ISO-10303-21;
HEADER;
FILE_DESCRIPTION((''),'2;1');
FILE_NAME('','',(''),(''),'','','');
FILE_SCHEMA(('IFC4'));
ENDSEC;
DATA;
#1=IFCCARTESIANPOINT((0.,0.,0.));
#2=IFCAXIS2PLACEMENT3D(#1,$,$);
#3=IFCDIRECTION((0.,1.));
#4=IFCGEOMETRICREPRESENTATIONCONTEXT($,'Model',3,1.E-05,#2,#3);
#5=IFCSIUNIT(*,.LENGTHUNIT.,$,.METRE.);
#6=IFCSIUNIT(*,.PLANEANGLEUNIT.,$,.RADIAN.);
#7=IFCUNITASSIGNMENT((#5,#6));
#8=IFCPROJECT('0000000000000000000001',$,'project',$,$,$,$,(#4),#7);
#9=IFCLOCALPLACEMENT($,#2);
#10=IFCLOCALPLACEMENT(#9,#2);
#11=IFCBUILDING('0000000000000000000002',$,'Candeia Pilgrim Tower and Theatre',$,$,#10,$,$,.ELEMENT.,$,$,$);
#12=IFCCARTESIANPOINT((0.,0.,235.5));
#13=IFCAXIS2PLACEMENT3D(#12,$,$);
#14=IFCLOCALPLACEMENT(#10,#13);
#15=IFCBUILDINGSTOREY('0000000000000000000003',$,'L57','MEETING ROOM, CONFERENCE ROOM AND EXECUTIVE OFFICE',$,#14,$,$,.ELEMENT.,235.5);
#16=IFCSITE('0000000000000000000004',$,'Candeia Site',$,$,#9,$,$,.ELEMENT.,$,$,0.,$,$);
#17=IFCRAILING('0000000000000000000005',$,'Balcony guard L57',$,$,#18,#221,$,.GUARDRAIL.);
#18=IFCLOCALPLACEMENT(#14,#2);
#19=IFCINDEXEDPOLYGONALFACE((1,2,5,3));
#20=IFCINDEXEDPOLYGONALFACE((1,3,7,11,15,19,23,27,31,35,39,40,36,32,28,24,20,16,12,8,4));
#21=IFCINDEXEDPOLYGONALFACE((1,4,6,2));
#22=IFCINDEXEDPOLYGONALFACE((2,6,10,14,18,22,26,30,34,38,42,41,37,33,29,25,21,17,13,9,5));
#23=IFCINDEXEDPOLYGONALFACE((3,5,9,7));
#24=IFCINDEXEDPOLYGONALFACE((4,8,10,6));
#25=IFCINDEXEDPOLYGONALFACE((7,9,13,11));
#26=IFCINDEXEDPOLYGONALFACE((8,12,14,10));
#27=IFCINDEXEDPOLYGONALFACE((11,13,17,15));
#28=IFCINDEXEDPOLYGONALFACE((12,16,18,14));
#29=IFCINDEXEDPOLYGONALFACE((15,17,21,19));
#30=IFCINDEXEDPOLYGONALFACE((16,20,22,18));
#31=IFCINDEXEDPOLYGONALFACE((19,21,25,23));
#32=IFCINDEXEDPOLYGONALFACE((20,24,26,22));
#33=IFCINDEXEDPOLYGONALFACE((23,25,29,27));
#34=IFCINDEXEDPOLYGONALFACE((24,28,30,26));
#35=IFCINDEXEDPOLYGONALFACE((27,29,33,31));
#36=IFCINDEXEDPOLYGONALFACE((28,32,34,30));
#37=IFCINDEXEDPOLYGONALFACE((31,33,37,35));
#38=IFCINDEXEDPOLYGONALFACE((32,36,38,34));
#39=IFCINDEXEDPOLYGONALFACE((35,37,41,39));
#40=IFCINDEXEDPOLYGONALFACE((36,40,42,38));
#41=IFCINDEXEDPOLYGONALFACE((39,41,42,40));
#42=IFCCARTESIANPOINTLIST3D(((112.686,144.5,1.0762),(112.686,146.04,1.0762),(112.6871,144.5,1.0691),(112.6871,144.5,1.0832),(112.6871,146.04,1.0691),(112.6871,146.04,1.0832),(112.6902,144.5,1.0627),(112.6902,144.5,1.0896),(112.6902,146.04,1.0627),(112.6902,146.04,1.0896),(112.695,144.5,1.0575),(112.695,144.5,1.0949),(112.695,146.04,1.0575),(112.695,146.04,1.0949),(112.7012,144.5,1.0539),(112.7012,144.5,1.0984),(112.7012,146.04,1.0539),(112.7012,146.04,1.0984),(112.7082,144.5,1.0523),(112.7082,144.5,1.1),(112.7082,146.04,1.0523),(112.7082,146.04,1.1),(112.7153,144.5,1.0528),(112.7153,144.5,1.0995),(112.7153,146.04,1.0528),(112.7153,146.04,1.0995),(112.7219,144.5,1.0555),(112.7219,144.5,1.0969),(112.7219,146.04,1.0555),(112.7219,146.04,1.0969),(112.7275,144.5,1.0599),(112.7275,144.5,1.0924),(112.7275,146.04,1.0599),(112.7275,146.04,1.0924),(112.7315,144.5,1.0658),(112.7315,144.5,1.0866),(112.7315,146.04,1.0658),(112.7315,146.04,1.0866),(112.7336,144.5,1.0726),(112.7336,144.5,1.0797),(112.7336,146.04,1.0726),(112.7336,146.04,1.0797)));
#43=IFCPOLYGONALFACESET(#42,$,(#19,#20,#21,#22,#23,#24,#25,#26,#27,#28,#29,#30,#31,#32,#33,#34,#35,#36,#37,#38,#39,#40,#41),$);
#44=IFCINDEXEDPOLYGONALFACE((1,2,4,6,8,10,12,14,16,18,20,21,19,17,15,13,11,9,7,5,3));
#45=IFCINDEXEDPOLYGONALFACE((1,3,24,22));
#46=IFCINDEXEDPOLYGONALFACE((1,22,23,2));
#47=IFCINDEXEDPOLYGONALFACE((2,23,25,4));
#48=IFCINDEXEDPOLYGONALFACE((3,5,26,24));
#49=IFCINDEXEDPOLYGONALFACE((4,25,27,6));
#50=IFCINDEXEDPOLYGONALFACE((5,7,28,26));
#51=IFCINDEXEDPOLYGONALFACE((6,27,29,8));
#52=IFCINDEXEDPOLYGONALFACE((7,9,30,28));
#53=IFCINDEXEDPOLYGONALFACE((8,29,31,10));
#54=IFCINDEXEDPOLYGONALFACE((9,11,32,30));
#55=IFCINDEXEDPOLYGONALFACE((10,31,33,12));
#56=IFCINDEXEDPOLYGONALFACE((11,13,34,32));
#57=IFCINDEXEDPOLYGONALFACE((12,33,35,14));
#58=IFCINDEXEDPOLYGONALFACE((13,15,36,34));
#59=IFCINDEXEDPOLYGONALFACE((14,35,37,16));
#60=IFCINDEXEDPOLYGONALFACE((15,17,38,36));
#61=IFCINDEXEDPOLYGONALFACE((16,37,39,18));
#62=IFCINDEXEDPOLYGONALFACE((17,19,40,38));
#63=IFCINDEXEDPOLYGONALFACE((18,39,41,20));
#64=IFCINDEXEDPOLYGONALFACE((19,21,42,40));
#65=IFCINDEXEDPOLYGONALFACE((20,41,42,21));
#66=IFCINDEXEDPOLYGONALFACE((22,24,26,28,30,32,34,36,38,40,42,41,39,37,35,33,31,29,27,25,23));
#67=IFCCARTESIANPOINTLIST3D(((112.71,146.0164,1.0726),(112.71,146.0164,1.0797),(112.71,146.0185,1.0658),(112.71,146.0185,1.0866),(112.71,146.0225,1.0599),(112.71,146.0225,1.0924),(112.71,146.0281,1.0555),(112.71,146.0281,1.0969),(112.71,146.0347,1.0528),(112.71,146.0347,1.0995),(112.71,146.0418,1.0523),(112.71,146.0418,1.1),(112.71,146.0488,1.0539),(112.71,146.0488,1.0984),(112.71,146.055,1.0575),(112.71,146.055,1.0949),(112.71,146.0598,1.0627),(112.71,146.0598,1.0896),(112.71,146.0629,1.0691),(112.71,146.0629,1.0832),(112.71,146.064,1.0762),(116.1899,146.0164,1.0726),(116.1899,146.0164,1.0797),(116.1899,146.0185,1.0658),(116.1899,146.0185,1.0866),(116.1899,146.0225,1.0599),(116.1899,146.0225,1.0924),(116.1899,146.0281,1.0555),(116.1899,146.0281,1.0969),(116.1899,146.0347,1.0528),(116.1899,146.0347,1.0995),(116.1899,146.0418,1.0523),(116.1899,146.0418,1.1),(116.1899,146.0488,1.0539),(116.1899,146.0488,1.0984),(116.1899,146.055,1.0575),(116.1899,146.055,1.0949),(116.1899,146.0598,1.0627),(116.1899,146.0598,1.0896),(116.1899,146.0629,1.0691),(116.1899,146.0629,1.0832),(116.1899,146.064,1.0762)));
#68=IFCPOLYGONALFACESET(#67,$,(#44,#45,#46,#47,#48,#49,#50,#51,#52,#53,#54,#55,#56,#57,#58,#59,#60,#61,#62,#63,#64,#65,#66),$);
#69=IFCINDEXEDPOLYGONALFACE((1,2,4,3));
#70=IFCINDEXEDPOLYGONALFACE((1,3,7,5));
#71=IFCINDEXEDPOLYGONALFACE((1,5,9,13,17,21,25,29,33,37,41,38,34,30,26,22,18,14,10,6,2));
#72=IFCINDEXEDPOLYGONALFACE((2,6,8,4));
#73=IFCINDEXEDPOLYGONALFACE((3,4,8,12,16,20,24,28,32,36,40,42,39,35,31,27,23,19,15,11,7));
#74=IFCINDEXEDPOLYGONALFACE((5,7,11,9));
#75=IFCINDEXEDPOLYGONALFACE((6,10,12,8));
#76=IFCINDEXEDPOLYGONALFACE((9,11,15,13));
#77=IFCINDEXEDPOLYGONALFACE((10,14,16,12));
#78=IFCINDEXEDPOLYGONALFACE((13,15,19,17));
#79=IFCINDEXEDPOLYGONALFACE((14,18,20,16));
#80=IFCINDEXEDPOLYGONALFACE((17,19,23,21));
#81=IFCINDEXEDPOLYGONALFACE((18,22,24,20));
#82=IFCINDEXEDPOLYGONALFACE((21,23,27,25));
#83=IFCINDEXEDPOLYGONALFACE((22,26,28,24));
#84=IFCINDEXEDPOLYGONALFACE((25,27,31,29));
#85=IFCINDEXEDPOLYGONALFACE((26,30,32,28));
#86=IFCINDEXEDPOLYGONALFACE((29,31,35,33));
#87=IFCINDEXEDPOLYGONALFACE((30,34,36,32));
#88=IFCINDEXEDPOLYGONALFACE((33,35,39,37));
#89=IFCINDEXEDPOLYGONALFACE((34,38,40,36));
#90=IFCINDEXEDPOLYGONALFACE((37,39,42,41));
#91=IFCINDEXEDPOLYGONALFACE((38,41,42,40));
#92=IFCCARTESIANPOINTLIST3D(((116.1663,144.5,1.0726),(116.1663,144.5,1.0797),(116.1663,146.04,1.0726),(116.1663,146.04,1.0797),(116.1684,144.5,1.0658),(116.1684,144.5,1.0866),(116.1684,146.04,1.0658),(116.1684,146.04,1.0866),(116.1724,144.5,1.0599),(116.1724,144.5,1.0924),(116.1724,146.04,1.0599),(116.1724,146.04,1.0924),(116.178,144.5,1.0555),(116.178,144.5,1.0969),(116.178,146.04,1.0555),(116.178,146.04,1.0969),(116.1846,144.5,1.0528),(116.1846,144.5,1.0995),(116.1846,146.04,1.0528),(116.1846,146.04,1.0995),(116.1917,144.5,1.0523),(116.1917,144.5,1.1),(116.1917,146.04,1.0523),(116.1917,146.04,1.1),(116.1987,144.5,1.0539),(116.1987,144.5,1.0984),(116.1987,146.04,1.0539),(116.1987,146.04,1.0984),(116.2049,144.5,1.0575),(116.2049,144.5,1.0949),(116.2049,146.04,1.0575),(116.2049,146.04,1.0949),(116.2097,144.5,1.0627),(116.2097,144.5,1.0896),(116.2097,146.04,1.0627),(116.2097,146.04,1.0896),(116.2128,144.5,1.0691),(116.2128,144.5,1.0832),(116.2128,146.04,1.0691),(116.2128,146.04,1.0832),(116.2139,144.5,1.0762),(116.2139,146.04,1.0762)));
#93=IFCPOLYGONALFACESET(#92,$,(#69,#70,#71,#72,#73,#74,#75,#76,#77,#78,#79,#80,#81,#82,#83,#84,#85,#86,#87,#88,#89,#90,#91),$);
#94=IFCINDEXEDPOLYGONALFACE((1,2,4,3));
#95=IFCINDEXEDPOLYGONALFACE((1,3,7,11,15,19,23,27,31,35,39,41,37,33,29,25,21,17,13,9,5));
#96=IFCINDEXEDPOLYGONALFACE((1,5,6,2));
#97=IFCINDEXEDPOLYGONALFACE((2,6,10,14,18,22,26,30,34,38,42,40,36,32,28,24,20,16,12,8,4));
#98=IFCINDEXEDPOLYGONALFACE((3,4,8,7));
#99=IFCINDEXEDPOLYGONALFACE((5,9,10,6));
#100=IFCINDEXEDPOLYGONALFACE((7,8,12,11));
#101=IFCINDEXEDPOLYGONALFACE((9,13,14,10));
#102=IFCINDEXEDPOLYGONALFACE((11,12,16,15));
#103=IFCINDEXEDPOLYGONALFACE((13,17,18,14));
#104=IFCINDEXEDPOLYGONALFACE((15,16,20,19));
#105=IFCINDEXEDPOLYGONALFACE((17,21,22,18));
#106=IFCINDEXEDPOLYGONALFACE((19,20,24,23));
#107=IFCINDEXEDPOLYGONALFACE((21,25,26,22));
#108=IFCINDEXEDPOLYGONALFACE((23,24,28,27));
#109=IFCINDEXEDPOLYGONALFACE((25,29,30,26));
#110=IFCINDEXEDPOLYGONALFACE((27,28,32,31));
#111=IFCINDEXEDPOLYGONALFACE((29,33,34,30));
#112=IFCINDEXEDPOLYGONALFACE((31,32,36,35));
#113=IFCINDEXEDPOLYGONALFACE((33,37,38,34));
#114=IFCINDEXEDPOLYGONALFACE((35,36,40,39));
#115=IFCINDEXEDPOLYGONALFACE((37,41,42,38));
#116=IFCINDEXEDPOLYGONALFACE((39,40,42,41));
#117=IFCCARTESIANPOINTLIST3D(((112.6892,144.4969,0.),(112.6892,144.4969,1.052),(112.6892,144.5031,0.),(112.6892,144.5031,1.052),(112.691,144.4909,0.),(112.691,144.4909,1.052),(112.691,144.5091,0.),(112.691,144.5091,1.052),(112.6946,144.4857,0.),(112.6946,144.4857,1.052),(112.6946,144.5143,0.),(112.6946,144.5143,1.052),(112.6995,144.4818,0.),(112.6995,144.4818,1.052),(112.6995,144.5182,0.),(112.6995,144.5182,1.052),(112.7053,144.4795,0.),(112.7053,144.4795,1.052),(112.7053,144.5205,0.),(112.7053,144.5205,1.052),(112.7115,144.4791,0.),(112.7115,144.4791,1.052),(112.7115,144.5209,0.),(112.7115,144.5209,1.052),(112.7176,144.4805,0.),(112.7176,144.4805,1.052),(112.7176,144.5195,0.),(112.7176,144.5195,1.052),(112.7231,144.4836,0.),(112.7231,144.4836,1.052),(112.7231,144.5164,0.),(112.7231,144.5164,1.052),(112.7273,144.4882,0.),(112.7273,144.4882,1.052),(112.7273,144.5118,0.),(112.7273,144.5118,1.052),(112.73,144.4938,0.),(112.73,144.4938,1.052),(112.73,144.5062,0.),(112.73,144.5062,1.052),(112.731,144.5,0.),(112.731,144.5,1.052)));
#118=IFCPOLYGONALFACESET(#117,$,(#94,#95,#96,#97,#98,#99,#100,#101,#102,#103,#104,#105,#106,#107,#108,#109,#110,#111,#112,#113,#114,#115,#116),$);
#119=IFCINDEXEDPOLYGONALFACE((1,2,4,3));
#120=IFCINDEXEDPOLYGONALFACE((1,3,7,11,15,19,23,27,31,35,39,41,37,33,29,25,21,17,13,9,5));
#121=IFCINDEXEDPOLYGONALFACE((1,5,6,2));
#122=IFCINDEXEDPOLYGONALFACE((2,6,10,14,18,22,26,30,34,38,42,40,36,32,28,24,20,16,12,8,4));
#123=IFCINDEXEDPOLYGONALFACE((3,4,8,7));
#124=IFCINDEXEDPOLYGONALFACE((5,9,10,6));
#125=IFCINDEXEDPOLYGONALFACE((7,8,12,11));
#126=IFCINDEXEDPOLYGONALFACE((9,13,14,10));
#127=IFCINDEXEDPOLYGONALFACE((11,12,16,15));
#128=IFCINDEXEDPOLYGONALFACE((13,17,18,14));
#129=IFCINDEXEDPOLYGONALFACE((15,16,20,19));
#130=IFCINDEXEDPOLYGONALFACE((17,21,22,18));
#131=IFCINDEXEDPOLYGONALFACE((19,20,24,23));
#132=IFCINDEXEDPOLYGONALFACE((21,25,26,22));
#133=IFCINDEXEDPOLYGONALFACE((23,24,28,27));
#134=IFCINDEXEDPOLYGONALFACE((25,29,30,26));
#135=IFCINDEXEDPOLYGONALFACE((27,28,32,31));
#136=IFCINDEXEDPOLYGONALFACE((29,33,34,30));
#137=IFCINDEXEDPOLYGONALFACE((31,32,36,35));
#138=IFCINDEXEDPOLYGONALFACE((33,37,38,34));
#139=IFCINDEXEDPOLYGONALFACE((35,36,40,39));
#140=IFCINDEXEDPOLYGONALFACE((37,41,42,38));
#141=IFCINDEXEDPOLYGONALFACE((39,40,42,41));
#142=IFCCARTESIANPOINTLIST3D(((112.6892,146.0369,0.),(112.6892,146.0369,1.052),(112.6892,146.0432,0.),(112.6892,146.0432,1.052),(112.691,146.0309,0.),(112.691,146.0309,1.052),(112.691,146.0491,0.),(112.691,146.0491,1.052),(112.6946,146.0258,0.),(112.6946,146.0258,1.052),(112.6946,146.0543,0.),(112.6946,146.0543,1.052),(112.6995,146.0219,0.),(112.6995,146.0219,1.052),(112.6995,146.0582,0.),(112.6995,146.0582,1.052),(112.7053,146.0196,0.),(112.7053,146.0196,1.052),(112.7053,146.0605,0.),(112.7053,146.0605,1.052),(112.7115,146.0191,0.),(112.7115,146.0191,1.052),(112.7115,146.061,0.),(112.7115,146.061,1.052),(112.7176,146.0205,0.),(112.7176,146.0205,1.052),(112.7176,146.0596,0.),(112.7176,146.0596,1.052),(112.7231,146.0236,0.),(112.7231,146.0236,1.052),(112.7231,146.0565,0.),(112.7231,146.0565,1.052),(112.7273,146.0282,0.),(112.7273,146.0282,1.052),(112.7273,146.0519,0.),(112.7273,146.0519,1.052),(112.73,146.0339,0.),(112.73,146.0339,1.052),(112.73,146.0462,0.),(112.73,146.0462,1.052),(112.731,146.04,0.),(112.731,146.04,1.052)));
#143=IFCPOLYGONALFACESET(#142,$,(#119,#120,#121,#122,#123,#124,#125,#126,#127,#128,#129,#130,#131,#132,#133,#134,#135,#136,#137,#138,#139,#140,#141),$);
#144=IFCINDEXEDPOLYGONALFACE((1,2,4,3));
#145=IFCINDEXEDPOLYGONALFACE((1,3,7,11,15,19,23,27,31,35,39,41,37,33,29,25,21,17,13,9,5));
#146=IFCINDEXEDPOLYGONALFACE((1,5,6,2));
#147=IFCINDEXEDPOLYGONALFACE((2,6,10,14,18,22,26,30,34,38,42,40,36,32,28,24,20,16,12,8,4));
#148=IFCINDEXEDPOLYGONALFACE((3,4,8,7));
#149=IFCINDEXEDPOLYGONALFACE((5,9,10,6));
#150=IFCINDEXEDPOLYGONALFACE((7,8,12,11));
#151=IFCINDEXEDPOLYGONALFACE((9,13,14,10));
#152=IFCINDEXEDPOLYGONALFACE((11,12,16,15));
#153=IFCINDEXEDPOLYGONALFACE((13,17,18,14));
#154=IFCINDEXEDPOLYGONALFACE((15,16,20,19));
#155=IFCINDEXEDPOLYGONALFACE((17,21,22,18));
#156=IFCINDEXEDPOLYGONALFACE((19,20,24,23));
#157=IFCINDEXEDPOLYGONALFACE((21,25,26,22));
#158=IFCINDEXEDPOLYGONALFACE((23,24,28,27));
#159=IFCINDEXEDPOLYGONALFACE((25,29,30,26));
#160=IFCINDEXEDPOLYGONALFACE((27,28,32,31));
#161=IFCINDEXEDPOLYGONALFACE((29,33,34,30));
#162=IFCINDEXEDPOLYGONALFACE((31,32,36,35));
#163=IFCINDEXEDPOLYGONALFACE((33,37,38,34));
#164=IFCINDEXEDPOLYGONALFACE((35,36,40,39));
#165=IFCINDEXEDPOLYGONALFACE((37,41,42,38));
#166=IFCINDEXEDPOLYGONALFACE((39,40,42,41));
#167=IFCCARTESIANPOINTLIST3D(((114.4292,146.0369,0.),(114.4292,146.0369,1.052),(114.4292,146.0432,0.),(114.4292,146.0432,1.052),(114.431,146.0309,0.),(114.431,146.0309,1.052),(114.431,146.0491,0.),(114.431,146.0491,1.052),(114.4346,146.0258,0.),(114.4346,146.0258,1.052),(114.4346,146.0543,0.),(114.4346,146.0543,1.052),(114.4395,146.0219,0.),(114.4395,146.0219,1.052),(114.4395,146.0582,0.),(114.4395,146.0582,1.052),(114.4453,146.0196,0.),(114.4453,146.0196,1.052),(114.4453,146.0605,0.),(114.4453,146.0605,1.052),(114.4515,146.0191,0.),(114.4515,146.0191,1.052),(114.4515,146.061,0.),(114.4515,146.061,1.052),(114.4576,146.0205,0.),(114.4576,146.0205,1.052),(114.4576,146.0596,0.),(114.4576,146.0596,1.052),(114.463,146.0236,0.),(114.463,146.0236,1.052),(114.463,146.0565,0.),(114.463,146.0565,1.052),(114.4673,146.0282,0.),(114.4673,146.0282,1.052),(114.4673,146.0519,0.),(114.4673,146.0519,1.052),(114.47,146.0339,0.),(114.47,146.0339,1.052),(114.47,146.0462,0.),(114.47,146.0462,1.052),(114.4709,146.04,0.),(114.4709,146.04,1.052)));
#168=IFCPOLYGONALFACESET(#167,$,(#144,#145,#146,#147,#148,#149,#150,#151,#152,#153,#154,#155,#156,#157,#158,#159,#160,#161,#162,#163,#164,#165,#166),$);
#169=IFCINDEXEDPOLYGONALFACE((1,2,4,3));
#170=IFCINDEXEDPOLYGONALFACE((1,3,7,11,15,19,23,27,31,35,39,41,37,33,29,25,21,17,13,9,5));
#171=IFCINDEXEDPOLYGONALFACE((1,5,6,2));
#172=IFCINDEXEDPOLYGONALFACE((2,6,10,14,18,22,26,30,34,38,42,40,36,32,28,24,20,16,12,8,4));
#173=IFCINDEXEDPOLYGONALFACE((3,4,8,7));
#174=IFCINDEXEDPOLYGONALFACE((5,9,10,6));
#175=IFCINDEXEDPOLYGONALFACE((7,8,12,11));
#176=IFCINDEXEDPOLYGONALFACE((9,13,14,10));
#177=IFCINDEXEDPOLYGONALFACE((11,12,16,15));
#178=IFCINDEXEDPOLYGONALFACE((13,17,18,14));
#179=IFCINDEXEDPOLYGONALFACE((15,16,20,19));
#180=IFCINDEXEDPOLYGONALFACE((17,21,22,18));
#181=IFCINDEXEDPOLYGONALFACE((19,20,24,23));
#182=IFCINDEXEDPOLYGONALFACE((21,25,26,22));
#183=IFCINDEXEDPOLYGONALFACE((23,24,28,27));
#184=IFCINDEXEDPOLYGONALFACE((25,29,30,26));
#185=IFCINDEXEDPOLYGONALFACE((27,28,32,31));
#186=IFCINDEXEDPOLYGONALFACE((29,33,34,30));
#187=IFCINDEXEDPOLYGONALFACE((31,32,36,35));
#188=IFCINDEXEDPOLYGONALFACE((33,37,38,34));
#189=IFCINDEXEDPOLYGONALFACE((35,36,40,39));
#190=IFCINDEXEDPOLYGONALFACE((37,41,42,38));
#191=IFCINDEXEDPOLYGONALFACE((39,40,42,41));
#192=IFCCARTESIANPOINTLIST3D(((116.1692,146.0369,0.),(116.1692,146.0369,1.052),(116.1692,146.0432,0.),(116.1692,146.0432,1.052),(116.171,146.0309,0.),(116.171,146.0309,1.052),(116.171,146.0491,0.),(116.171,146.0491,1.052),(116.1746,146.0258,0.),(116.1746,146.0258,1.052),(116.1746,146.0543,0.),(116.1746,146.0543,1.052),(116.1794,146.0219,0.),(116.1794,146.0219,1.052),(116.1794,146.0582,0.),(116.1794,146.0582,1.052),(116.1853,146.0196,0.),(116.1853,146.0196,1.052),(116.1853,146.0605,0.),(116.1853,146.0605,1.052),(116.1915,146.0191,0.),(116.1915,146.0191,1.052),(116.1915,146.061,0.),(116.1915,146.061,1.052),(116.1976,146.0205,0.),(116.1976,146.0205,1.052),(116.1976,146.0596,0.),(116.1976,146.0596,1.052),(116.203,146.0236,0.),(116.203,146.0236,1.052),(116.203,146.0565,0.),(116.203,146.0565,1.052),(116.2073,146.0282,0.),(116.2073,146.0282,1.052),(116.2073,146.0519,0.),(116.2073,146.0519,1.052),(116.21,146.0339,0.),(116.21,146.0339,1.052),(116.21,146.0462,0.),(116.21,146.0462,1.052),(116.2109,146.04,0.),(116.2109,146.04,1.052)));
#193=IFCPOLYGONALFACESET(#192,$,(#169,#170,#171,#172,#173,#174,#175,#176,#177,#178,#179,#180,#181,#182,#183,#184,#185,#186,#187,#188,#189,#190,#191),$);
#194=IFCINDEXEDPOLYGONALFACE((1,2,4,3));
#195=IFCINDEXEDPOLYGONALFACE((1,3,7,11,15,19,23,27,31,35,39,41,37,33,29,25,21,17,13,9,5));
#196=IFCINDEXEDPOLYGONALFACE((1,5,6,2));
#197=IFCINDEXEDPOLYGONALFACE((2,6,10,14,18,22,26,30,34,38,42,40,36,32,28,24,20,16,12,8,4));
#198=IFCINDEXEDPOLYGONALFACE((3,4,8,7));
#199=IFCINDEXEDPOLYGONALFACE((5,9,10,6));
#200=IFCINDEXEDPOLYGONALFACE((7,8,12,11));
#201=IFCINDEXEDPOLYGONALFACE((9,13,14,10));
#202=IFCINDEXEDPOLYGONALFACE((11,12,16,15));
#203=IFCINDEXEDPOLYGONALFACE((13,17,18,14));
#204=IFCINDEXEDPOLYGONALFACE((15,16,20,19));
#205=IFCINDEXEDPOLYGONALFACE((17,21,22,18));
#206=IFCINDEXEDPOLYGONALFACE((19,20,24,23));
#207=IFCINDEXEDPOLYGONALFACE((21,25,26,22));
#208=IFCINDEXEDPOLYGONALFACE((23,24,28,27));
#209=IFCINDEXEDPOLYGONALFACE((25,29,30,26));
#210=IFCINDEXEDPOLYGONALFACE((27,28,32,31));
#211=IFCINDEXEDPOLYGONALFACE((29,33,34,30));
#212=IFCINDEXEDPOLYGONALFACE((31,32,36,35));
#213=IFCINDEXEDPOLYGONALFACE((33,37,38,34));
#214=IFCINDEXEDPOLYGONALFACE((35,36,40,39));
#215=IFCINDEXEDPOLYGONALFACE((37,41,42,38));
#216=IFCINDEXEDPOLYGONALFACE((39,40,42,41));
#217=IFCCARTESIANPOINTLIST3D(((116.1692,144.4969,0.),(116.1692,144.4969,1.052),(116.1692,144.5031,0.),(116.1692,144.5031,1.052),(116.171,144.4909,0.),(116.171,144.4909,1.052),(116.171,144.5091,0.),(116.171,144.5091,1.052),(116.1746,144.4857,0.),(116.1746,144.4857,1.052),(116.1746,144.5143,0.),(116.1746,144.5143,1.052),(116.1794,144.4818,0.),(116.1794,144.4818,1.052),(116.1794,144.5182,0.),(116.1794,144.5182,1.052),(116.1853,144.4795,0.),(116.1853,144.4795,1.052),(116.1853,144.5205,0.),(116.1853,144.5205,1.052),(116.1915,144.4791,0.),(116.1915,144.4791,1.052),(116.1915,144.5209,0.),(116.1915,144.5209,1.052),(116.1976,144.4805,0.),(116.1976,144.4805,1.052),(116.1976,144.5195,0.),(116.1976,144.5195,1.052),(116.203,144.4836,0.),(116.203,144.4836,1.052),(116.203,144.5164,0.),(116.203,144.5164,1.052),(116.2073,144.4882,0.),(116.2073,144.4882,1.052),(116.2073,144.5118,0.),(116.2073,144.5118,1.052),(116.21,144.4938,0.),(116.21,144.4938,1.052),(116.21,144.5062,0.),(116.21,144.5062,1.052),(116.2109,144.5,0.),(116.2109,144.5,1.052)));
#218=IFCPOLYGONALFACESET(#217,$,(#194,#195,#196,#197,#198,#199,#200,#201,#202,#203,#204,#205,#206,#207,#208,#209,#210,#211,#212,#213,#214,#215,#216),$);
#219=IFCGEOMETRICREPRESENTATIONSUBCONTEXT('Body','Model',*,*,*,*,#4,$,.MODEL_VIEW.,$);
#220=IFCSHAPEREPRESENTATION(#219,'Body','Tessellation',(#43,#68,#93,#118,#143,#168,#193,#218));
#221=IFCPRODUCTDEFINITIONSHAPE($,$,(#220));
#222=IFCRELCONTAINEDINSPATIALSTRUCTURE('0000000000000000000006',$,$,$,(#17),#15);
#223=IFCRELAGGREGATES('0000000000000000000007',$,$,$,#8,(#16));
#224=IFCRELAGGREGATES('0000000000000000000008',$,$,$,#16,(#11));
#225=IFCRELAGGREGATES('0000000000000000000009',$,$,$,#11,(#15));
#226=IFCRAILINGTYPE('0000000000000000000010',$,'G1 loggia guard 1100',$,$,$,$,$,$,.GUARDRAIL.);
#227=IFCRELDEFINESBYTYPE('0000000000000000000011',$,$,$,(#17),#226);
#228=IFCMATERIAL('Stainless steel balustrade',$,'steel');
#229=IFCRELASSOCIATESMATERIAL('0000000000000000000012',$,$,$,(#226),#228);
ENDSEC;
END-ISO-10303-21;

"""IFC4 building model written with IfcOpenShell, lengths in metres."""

from ifc_helpers import new_model, si_unit, direction, frame, origin, origin_2d, place, context, subcontext, project, spatial, circle, extrude, material, type_object, element, save


model = new_model("IFC4")

# Units and contexts
model_context = context("Model", 3, precision=1e-05, world=origin(), true_north=direction((0.0, 1.0)))
body_context = subcontext(model_context, "Body", "Model", "MODEL_VIEW")
ifc_project = project(units=[si_unit("LENGTHUNIT", "METRE"), si_unit("PLANEANGLEUNIT", "RADIAN")], contexts=[model_context])

# Site, building, storey
site_placement = place(None, origin())
site = spatial("IfcSite", under=ifc_project, at=site_placement, Name="Candeia Site", CompositionType="ELEMENT", RefElevation=0.0)
building_placement = place(site_placement, origin())
building = spatial("IfcBuilding", under=site, at=building_placement, Name="Candeia Pilgrim Tower and Theatre", CompositionType="ELEMENT")
storey_placement = place(building_placement, frame((0.0, 0.0, 235.5)))
storey = spatial("IfcBuildingStorey", under=building, at=storey_placement, Name="L57", Description="MEETING ROOM, CONFERENCE ROOM AND EXECUTIVE OFFICE", CompositionType="ELEMENT", Elevation=235.5)

# Railing
ifc_material_1 = material(Name="Stainless steel balustrade", Category="steel")
railing_type = type_object("IfcRailingType", Name="G1 loggia guard 1100", PredefinedType="GUARDRAIL", material=ifc_material_1)
railing_placement = place(storey_placement, frame((112.71, 144.5, 0.0)))
element("IfcRailing", 1, at=railing_placement, inside=storey, type_object=railing_type, Name="Balcony guard L57", PredefinedType="GUARDRAIL", context=body_context, shape_type="SweptSolid", body=[
    extrude(circle(Radius=0.0239, at=origin_2d()), frame((0.0, 0.0, 1.0762), z_axis=(0.0, 1.0, 0.0), x_axis=(-1.0, 0.0, 0.0)), (0.0, 0.0, 1.0), 1.54),
    extrude(circle(Radius=0.0239, at=origin_2d()), frame((0.0, 1.54, 1.0762), z_axis=(1.0, 0.0, 0.0), x_axis=(0.0, 1.0, 0.0)), (0.0, 0.0, 1.0), 3.48),
    extrude(circle(Radius=0.0239, at=origin_2d()), frame((3.48, 1.54, 1.0762), z_axis=(0.0, -1.0, 0.0), x_axis=(1.0, 0.0, 0.0)), (0.0, 0.0, 1.0), 1.54),
    extrude(circle(Radius=0.021, at=origin_2d()), origin(), (0.0, 0.0, 1.0), 1.052),
    extrude(circle(Radius=0.021, at=origin_2d()), frame((0.0, 1.54, 0.0)), (0.0, 0.0, 1.0), 1.052),
    extrude(circle(Radius=0.021, at=origin_2d()), frame((1.74, 1.54, 0.0)), (0.0, 0.0, 1.0), 1.052),
    extrude(circle(Radius=0.021, at=origin_2d()), frame((3.48, 1.54, 0.0)), (0.0, 0.0, 1.0), 1.052),
    extrude(circle(Radius=0.021, at=origin_2d()), frame((3.48, 0.0, 0.0)), (0.0, 0.0, 1.0), 1.052),
])

save(model, "model.ifc")
